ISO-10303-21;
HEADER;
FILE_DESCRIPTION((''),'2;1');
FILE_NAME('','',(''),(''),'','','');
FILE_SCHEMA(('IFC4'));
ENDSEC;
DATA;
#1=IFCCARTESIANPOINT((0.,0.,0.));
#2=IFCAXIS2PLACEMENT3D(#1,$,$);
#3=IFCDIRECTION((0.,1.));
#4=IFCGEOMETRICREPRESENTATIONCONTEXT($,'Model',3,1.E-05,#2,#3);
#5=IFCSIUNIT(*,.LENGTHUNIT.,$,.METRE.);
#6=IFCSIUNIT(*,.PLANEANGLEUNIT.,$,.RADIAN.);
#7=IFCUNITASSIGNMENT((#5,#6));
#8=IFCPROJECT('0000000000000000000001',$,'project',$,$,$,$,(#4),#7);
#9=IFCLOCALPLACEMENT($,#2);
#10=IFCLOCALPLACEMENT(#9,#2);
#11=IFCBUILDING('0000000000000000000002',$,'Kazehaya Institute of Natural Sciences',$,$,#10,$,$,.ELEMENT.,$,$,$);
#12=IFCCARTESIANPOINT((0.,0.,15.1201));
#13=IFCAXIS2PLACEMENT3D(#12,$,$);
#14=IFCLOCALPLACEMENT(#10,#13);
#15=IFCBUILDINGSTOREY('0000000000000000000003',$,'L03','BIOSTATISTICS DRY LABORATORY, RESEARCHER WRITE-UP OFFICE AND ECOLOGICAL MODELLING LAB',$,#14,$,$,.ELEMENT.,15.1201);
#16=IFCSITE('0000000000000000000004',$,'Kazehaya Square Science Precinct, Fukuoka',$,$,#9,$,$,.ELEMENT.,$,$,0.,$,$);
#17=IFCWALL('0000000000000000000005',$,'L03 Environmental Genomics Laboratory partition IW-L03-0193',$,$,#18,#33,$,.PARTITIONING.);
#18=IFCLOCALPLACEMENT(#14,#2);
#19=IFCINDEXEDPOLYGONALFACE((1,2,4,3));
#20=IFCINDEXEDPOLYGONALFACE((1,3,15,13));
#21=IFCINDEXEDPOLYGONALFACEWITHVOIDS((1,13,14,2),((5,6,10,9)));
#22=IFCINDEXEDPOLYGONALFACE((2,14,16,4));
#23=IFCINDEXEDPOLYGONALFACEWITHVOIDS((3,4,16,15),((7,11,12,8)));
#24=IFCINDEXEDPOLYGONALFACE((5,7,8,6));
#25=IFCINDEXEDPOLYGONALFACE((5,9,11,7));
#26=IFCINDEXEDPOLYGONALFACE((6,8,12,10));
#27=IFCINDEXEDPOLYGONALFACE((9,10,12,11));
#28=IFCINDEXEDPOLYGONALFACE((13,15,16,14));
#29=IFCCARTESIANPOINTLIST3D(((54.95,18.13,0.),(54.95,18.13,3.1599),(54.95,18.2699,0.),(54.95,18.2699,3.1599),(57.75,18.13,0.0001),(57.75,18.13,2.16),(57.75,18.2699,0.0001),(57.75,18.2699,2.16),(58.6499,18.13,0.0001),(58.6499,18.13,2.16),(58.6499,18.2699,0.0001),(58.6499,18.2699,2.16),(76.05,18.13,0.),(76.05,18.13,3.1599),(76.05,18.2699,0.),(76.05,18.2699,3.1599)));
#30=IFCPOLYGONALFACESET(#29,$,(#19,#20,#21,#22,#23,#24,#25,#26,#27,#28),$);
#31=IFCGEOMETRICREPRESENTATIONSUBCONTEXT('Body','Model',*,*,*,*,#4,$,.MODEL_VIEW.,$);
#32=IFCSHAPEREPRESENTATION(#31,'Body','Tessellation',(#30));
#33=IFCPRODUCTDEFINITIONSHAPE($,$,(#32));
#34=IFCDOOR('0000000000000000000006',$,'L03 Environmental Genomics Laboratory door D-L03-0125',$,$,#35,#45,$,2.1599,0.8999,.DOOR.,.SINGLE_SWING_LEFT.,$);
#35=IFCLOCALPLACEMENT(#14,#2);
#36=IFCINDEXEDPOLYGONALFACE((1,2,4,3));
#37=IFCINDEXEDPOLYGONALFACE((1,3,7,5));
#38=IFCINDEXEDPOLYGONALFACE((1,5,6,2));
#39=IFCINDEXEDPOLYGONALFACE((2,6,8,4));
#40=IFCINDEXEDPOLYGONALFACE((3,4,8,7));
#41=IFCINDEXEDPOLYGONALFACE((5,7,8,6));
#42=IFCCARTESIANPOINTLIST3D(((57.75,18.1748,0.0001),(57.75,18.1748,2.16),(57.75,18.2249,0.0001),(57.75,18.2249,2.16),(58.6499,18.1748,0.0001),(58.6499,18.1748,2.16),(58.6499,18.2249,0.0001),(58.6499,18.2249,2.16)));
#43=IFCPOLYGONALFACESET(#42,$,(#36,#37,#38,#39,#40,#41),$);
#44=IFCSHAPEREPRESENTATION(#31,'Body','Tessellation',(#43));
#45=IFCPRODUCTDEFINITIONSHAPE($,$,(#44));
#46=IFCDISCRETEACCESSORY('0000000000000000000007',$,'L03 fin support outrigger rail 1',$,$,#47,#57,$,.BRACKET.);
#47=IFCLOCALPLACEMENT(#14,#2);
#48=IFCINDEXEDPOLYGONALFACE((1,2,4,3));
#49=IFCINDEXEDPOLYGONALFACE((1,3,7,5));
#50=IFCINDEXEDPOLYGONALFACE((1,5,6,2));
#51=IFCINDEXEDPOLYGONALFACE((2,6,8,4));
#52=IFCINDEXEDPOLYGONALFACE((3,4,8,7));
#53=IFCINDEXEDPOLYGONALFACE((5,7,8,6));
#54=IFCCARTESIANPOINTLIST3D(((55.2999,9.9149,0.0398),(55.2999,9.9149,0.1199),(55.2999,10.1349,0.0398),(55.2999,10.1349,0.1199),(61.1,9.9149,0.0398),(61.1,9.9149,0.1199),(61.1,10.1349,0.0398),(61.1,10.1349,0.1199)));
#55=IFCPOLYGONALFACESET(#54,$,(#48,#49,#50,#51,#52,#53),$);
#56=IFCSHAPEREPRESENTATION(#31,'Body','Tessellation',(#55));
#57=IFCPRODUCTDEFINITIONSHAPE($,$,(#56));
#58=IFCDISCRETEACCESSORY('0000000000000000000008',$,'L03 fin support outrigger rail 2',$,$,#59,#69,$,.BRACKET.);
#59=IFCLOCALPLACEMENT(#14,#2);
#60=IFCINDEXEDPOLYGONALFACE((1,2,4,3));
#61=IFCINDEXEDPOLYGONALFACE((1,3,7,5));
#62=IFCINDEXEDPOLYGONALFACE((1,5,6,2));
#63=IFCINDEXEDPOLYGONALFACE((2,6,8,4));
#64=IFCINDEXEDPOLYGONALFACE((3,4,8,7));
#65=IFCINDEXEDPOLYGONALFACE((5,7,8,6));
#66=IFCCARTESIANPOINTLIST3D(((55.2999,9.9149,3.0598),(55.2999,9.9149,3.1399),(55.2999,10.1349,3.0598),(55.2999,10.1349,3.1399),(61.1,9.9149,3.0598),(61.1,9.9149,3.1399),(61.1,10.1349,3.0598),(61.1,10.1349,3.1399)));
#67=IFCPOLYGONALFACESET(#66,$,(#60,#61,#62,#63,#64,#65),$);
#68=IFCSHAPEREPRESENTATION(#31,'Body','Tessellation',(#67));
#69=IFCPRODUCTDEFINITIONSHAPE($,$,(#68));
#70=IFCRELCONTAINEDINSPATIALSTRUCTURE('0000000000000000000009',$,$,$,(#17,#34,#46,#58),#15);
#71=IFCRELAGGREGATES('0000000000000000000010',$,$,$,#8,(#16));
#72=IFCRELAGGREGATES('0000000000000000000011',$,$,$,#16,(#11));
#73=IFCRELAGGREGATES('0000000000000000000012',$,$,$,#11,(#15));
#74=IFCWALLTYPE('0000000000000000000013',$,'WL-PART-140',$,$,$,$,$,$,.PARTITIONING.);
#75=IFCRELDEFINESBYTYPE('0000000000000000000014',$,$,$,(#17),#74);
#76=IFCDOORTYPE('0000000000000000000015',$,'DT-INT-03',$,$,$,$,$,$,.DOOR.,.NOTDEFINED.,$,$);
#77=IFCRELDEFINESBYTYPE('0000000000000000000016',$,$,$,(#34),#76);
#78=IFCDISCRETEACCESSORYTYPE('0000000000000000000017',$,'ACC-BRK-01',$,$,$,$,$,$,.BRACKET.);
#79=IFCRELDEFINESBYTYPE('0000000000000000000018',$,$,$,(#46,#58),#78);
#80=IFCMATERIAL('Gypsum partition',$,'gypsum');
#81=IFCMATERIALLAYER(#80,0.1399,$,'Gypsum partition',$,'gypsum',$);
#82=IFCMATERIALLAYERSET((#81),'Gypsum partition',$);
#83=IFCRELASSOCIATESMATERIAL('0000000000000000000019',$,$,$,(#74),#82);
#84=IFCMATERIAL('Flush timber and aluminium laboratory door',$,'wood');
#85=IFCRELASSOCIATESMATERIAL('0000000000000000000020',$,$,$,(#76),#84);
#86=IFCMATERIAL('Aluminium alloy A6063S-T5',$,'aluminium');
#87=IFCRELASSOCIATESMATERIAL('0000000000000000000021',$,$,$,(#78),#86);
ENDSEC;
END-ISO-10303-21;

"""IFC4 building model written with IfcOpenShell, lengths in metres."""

from ifc_helpers import new_model, si_unit, direction, frame, frame_2d, origin, origin_2d, place, context, subcontext, project, spatial, rectangle, extrude, material, layer, layer_set, type_object, element, fill, save


model = new_model("IFC4")

# Units and contexts
model_context = context("Model", 3, precision=1e-05, world=origin(), true_north=direction((0.0, 1.0)))
body_context = subcontext(model_context, "Body", "Model", "MODEL_VIEW")
ifc_project = project(units=[si_unit("LENGTHUNIT", "METRE"), si_unit("PLANEANGLEUNIT", "RADIAN")], contexts=[model_context])

# Site, building, storey
site_placement = place(None, origin())
site = spatial("IfcSite", under=ifc_project, at=site_placement, Name="Kazehaya Square Science Precinct, Fukuoka", CompositionType="ELEMENT", RefElevation=0.0)
building_placement = place(site_placement, origin())
building = spatial("IfcBuilding", under=site, at=building_placement, Name="Kazehaya Institute of Natural Sciences", CompositionType="ELEMENT")
storey_placement = place(building_placement, frame((0.0, 0.0, 15.1201)))
storey = spatial("IfcBuildingStorey", under=building, at=storey_placement, Name="L03", Description="BIOSTATISTICS DRY LABORATORY, RESEARCHER WRITE-UP OFFICE AND ECOLOGICAL MODELLING LAB", CompositionType="ELEMENT", Elevation=15.1201)

# Shared definitions
ifc_material_1 = material(Name="Aluminium alloy A6063S-T5", Category="aluminium")

# Wall, opening, door
ifc_material_2 = material(Name="Gypsum partition", Category="gypsum")
ifc_layer_1 = layer(ifc_material_2, 0.1399, Name="Gypsum partition", Category="gypsum")
ifc_layer_set_1 = layer_set([ifc_layer_1], Name="Gypsum partition")
wall_type_1 = type_object("IfcWallType", Name="WL-PART-140", PredefinedType="PARTITIONING", material=ifc_layer_set_1)
wall_1_placement = place(storey_placement, frame((54.95, 18.2, 0.0), z_axis=(0.0, 0.0, 1.0), x_axis=(1.0, 0.0, 0.0)))
wall_1 = element("IfcWall", 1, at=wall_1_placement, inside=storey, type_object=wall_type_1, Name="L03 Environmental Genomics Laboratory partition IW-L03-0193", PredefinedType="PARTITIONING", context=body_context, shape_type="SweptSolid", body=[
    extrude(rectangle(XDim=21.1001, YDim=0.1399, at=frame_2d((10.55, 0.0))), origin(), (0.0, 0.0, 1.0), 3.1599),
])
opening_1_placement = place(wall_1_placement, frame((2.8, 0.0, 0.0)))
opening_1 = element("IfcOpeningElement", 2, at=opening_1_placement, cuts=wall_1, PredefinedType="OPENING", context=body_context, shape_type="SweptSolid", body=[
    extrude(rectangle(XDim=0.8999, YDim=2.1599, at=frame_2d((0.45, 1.0801))), frame((0.0, 0.0798, 0.0), z_axis=(0.0, -1.0, 0.0), x_axis=(1.0, 0.0, 0.0)), (0.0, 0.0, 1.0), 0.1599),
])
ifc_material_3 = material(Name="Flush timber and aluminium laboratory door", Category="wood")
door_type_1 = type_object("IfcDoorType", Name="DT-INT-03", OperationType="NOTDEFINED", PredefinedType="DOOR", material=ifc_material_3)
door_1_placement = place(opening_1_placement, origin())
door_1 = element("IfcDoor", 3, at=door_1_placement, inside=storey, type_object=door_type_1, Name="L03 Environmental Genomics Laboratory door D-L03-0125", OperationType="SINGLE_SWING_LEFT", OverallHeight=2.1599, OverallWidth=0.8999, PredefinedType="DOOR", context=body_context, shape_type="SweptSolid", body=[
    extrude(rectangle(XDim=0.8999, YDim=2.1599, at=frame_2d((0.45, 1.0801))), frame((0.0, 0.0249, 0.0), z_axis=(0.0, -1.0, 0.0), x_axis=(1.0, 0.0, 0.0)), (0.0, 0.0, 1.0), 0.05),
])
fill(opening_1, door_1)

# Discrete accessories
discrete_accessory_type = type_object("IfcDiscreteAccessoryType", Name="ACC-BRK-01", PredefinedType="BRACKET", material=ifc_material_1)
for number, where, z_axis, x_axis, name in (
    (4, (58.2, 10.0249, 0.0398), (0.0, 0.0, 1.0), (-1.0, 0.0, 0.0), "L03 fin support outrigger rail 1"),
    (5, (58.2, 10.0249, 3.0598), (0.0, 0.0, 1.0), (-1.0, 0.0, 0.0), "L03 fin support outrigger rail 2"),
):
    element("IfcDiscreteAccessory", number, at=place(storey_placement, frame(where, z_axis=z_axis, x_axis=x_axis)), inside=storey, type_object=discrete_accessory_type, Name=name, PredefinedType="BRACKET", context=body_context, shape_type="SweptSolid", body=[
        extrude(rectangle(XDim=5.8, YDim=0.22, at=origin_2d()), origin(), (0.0, 0.0, 1.0), 0.0801),
    ])

save(model, "model.ifc")
